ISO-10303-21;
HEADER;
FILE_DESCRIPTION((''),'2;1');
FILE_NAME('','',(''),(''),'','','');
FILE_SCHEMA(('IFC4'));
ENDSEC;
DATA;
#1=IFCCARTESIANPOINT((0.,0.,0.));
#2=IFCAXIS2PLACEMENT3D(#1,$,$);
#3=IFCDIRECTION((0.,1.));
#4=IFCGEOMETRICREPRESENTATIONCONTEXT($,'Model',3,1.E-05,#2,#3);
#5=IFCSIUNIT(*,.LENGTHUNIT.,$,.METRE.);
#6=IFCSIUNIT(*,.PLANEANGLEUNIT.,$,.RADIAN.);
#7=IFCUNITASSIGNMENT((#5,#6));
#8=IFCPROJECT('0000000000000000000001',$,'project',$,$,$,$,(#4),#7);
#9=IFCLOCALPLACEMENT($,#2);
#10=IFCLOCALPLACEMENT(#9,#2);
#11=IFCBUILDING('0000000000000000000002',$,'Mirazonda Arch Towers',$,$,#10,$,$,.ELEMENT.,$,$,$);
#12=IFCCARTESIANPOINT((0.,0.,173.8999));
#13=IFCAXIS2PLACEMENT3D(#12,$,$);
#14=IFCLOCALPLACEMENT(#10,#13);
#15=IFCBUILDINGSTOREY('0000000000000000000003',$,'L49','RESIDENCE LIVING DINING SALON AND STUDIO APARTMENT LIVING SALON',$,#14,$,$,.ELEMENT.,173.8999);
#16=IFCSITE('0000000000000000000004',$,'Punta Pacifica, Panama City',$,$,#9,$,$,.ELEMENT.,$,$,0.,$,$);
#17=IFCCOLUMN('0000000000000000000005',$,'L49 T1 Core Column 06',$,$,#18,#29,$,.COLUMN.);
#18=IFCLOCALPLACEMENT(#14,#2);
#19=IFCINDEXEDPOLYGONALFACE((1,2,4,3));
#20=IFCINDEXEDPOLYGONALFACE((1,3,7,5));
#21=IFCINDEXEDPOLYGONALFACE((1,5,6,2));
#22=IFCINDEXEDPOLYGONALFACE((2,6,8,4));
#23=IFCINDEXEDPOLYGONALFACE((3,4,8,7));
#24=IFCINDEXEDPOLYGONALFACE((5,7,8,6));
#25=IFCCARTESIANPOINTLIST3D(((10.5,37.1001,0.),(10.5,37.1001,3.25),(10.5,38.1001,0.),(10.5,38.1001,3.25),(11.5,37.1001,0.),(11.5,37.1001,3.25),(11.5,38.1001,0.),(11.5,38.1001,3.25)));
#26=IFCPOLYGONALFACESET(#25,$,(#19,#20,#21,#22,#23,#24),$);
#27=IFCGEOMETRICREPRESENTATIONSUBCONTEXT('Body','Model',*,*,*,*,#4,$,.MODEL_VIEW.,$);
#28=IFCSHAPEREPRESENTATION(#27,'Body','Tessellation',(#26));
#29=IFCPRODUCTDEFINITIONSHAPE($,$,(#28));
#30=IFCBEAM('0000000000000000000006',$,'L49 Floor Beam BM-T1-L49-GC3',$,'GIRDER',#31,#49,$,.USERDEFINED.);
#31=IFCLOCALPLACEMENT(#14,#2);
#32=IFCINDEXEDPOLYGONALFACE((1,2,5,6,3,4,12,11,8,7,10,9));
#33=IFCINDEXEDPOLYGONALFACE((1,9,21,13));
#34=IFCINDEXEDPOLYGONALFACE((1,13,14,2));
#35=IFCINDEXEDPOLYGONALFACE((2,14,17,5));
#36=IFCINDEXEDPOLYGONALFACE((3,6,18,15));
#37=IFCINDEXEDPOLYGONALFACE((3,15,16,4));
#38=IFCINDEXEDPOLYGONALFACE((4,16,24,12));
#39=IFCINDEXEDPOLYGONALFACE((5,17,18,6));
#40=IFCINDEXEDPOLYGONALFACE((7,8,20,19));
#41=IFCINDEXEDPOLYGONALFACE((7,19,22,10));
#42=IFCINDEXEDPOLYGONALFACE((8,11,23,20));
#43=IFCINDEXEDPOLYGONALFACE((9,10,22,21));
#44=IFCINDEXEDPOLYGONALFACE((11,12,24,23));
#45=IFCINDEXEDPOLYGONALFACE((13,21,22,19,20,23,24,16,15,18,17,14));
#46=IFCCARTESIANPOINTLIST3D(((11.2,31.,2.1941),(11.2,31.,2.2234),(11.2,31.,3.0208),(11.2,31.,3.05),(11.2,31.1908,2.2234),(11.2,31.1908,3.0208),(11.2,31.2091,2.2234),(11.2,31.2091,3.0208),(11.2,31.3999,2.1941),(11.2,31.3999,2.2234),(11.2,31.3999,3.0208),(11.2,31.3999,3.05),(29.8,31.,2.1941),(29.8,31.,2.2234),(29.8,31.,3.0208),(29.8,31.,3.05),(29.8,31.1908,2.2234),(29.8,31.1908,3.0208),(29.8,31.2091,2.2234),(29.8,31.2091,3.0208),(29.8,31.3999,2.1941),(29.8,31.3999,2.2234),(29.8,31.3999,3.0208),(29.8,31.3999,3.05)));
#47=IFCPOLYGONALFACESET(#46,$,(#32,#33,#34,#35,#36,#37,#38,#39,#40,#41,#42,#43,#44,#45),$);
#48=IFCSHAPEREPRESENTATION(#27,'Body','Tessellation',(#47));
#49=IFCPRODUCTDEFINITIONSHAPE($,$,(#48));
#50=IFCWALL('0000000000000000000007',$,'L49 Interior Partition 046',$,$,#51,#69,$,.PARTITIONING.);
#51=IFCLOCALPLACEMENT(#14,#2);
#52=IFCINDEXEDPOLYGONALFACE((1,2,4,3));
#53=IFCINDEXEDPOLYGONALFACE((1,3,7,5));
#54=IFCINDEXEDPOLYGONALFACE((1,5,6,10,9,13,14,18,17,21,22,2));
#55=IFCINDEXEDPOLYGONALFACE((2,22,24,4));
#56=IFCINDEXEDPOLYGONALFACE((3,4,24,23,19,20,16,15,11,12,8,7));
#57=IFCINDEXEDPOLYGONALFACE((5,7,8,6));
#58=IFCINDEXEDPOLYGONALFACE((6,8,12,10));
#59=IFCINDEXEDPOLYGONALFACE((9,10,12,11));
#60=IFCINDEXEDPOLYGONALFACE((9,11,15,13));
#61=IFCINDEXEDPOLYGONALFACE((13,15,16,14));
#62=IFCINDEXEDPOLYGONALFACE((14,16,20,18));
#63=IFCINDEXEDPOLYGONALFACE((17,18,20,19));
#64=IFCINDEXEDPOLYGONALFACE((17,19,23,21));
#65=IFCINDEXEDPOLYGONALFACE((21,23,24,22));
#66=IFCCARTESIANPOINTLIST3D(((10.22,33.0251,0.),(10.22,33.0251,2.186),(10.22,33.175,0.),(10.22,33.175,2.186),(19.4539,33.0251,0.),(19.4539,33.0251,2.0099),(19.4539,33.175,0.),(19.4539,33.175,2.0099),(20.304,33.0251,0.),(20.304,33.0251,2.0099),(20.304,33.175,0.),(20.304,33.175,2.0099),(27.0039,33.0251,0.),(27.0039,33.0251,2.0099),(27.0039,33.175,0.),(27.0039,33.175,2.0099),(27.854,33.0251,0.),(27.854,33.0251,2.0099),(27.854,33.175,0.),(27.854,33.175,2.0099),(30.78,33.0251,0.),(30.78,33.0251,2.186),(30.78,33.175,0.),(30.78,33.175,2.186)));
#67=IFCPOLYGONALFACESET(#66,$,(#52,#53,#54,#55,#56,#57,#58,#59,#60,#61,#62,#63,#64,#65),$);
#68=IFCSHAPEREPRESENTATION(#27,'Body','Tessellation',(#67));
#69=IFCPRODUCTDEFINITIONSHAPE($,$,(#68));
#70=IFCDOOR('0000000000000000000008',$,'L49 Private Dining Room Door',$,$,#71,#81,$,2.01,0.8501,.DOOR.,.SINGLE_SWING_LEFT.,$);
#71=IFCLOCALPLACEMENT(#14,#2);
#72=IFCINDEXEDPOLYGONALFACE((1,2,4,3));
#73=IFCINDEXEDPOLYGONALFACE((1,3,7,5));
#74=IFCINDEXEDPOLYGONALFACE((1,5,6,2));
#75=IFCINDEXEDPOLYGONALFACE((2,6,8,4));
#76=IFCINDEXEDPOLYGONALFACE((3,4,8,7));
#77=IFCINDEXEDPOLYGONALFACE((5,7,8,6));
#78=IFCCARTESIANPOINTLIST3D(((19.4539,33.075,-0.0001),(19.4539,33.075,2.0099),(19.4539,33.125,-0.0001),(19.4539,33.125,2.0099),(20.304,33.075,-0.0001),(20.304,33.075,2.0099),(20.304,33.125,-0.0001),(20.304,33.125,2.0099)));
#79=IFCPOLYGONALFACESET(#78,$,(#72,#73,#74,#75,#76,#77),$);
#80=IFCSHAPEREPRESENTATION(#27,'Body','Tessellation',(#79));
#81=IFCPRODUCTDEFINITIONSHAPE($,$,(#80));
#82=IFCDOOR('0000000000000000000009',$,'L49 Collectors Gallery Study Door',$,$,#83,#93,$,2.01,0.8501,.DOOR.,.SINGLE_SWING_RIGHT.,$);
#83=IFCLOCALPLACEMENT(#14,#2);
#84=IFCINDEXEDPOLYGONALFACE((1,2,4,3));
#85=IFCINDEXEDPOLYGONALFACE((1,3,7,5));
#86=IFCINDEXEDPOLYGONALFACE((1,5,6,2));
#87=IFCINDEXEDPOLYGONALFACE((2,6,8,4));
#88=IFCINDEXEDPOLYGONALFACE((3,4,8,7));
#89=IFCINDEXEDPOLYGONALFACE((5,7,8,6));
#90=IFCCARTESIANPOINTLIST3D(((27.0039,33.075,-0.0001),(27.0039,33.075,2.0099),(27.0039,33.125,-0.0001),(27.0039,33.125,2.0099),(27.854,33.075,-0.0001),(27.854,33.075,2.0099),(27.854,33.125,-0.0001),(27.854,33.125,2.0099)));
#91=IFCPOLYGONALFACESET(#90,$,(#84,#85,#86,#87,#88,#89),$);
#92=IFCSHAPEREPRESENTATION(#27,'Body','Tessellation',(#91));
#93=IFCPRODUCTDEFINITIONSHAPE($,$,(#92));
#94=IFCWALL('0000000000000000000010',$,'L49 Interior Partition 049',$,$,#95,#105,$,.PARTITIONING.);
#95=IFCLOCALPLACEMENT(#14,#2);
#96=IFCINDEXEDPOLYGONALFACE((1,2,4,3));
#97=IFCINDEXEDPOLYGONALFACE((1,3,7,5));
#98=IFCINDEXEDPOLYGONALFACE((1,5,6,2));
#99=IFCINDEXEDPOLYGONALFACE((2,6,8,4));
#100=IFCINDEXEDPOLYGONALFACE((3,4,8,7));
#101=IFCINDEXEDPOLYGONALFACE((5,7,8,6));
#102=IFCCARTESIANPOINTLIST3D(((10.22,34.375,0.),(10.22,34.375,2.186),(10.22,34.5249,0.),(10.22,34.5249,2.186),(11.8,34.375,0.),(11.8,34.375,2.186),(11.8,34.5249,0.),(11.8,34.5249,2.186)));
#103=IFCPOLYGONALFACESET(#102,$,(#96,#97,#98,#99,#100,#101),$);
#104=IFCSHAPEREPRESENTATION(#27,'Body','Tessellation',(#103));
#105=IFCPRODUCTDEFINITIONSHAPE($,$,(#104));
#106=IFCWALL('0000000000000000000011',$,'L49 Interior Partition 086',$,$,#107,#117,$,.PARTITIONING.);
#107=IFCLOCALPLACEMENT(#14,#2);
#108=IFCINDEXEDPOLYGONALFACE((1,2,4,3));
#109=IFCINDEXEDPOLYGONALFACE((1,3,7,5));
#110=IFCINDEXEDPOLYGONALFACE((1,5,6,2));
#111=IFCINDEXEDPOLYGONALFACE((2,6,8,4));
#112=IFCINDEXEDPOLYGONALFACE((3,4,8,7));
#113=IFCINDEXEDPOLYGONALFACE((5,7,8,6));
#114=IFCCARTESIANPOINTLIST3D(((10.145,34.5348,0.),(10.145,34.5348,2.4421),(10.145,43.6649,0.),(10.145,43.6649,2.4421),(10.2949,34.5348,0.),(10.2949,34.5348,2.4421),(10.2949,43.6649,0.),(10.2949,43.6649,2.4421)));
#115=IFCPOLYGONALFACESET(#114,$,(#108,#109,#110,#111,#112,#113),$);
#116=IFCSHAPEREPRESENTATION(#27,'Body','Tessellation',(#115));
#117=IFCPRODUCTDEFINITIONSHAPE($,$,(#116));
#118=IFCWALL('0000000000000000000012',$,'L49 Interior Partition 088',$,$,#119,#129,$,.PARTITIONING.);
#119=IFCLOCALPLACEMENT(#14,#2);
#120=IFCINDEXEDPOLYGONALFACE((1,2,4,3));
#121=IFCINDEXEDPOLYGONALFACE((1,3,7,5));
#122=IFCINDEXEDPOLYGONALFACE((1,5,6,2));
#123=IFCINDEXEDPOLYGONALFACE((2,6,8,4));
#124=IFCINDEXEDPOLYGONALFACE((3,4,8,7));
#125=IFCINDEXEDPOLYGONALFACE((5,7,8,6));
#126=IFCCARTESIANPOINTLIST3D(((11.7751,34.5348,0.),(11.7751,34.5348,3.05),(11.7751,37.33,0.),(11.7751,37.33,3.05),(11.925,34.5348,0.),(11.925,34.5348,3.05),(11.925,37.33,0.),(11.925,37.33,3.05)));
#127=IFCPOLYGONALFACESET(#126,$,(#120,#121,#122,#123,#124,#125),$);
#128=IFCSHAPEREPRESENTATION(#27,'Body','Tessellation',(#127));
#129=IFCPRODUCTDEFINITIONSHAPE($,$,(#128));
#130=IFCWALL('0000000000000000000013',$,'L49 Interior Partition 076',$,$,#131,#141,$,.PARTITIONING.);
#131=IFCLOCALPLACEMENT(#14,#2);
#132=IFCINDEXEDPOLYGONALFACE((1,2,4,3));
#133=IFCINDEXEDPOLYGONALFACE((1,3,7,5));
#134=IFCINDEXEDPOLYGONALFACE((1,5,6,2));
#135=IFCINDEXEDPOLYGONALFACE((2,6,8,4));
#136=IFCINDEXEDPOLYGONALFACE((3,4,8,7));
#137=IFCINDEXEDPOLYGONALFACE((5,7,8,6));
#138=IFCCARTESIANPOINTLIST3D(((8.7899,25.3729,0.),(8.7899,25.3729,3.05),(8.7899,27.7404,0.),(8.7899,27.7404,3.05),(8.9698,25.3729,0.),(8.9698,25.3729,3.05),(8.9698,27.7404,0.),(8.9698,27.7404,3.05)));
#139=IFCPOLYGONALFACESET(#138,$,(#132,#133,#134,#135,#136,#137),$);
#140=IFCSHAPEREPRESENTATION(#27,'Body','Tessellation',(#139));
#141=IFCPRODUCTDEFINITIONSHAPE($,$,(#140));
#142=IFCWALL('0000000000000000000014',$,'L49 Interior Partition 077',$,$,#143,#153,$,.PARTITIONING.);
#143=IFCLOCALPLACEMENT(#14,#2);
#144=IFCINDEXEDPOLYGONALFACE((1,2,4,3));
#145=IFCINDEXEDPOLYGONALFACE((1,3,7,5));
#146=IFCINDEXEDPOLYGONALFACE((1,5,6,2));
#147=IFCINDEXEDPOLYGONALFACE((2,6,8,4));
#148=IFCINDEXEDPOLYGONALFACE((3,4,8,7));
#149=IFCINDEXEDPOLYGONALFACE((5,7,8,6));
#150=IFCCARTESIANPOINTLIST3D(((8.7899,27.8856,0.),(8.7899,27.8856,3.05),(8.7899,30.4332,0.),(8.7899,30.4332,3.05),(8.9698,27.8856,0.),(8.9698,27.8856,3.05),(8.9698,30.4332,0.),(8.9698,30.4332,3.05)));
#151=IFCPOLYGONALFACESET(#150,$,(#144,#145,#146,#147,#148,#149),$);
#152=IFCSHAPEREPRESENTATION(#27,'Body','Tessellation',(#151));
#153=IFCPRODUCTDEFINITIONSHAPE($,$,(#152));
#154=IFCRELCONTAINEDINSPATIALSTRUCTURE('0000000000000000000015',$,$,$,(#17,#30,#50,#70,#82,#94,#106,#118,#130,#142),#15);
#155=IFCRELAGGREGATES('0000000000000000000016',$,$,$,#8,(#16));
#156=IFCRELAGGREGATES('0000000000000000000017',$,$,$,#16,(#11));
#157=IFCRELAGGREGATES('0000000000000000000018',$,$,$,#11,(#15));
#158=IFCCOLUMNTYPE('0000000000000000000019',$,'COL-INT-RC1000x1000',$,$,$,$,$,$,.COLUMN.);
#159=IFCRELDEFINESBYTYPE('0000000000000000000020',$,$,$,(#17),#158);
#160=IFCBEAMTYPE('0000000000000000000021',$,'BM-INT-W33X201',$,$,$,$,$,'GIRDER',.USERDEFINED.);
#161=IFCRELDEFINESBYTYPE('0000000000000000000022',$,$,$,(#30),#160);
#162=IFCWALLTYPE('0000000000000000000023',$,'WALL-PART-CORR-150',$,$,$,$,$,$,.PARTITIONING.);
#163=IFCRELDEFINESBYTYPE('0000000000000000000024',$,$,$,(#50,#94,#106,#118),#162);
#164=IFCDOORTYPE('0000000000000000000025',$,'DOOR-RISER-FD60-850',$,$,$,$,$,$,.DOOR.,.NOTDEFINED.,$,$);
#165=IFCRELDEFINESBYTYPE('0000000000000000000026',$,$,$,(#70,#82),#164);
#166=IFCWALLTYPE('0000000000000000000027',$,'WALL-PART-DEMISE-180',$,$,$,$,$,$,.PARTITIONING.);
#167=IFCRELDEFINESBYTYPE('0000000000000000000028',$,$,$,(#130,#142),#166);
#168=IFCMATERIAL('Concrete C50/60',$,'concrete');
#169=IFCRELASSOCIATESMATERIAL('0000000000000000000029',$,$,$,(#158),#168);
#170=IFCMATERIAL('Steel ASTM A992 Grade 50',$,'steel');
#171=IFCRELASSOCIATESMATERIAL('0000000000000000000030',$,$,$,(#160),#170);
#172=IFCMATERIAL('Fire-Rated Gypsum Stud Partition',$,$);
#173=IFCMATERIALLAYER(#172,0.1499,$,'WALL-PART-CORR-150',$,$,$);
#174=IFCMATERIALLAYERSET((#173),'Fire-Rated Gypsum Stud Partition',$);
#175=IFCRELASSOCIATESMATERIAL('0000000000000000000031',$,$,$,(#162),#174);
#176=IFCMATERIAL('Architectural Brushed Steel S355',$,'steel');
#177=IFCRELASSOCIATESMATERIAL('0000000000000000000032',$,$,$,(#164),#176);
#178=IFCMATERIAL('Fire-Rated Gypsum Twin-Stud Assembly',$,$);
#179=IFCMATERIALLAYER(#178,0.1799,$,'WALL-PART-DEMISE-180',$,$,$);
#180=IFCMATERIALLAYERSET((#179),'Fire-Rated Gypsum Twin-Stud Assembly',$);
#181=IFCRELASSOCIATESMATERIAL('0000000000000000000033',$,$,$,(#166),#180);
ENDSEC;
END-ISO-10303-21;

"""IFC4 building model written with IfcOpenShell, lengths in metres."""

from ifc_helpers import new_model, si_unit, direction, frame, frame_2d, origin, origin_2d, place, context, subcontext, project, spatial, rectangle, i_section, extrude, material, layer, layer_set, material_profile, profile_set, type_object, element, fill, save


model = new_model("IFC4")

# Units and contexts
model_context = context("Model", 3, precision=1e-05, world=origin(), true_north=direction((0.0, 1.0)))
body_context = subcontext(model_context, "Body", "Model", "MODEL_VIEW")
ifc_project = project(units=[si_unit("LENGTHUNIT", "METRE"), si_unit("PLANEANGLEUNIT", "RADIAN")], contexts=[model_context])

# Site, building, storey
site_placement = place(None, origin())
site = spatial("IfcSite", under=ifc_project, at=site_placement, Name="Punta Pacifica, Panama City", CompositionType="ELEMENT", RefElevation=0.0)
building_placement = place(site_placement, origin())
building = spatial("IfcBuilding", under=site, at=building_placement, Name="Mirazonda Arch Towers", CompositionType="ELEMENT")
storey_placement = place(building_placement, frame((0.0, 0.0, 173.8999)))
storey = spatial("IfcBuildingStorey", under=building, at=storey_placement, Name="L49", Description="RESIDENCE LIVING DINING SALON AND STUDIO APARTMENT LIVING SALON", CompositionType="ELEMENT", Elevation=173.8999)

# Column
ifc_material_1 = material(Name="Concrete C50/60", Category="concrete")
ifc_material_profile_1 = material_profile(ifc_material_1, rectangle(XDim=1.0, YDim=1.0, at=origin_2d()), Name="RC1000x1000")
ifc_profile_set_1 = profile_set([ifc_material_profile_1], Name="Concrete C50/60")
column_type = type_object("IfcColumnType", Name="COL-INT-RC1000x1000", PredefinedType="COLUMN", material=ifc_profile_set_1)
column_placement = place(storey_placement, frame((11.0, 37.6001, 0.0), z_axis=(0.0, 0.0, 1.0), x_axis=(1.0, 0.0, 0.0)))
element("IfcColumn", 1, at=column_placement, inside=storey, type_object=column_type, Name="L49 T1 Core Column 06", PredefinedType="COLUMN", context=body_context, shape_type="SweptSolid", body=[
    extrude(rectangle(XDim=1.0, YDim=1.0, at=origin_2d()), origin(), (0.0, 0.0, 1.0), 3.25),
])

# Beam
ifc_material_2 = material(Name="Steel ASTM A992 Grade 50", Category="steel")
ifc_material_profile_2 = material_profile(ifc_material_2, i_section(OverallWidth=0.3999, OverallDepth=0.856, WebThickness=0.0183, FlangeThickness=0.0293, at=origin_2d()), Name="W33X201")
ifc_profile_set_2 = profile_set([ifc_material_profile_2], Name="Steel ASTM A992 Grade 50")
beam_type = type_object("IfcBeamType", Name="BM-INT-W33X201", ElementType="GIRDER", PredefinedType="USERDEFINED", material=ifc_profile_set_2)
beam_placement = place(storey_placement, frame((11.2, 31.2, 2.6221), z_axis=(1.0, 0.0, 0.0), x_axis=(0.0, 1.0, 0.0)))
element("IfcBeam", 2, at=beam_placement, inside=storey, type_object=beam_type, Name="L49 Floor Beam BM-T1-L49-GC3", ObjectType="GIRDER", PredefinedType="USERDEFINED", context=body_context, shape_type="SweptSolid", body=[
    extrude(i_section(OverallWidth=0.3999, OverallDepth=0.856, WebThickness=0.0183, FlangeThickness=0.0293, at=origin_2d()), origin(), (0.0, 0.0, 1.0), 18.6001),
])

# Wall, openings, doors
ifc_material_3 = material(Name="Fire-Rated Gypsum Stud Partition")
ifc_layer_1 = layer(ifc_material_3, 0.1499, Name="WALL-PART-CORR-150")
ifc_layer_set_1 = layer_set([ifc_layer_1], Name="Fire-Rated Gypsum Stud Partition")
wall_type_1 = type_object("IfcWallType", Name="WALL-PART-CORR-150", PredefinedType="PARTITIONING", material=ifc_layer_set_1)
wall_1_placement = place(storey_placement, frame((10.22, 33.1001, 0.0), z_axis=(0.0, 0.0, 1.0), x_axis=(1.0, 0.0, 0.0)))
wall_1 = element("IfcWall", 3, at=wall_1_placement, inside=storey, type_object=wall_type_1, Name="L49 Interior Partition 046", PredefinedType="PARTITIONING", context=body_context, shape_type="SweptSolid", body=[
    extrude(rectangle(XDim=20.5601, YDim=0.1499, at=frame_2d((10.28, 0.0))), origin(), (0.0, 0.0, 1.0), 2.186),
])
opening_1_placement = place(wall_1_placement, frame((9.2339, 0.0, 0.0)))
opening_1 = element("IfcOpeningElement", 4, at=opening_1_placement, cuts=wall_1, PredefinedType="OPENING", context=body_context, shape_type="SweptSolid", body=[
    extrude(rectangle(XDim=0.8501, YDim=2.01, at=frame_2d((0.425, 1.0049))), frame((0.0, 0.085, 0.0), z_axis=(0.0, -1.0, 0.0), x_axis=(1.0, 0.0, 0.0)), (0.0, 0.0, 1.0), 0.1699),
])
opening_2_placement = place(wall_1_placement, frame((16.7839, 0.0, 0.0)))
opening_2 = element("IfcOpeningElement", 5, at=opening_2_placement, cuts=wall_1, PredefinedType="OPENING", context=body_context, shape_type="SweptSolid", body=[
    extrude(rectangle(XDim=0.8501, YDim=2.01, at=frame_2d((0.425, 1.0049))), frame((0.0, 0.085, 0.0), z_axis=(0.0, -1.0, 0.0), x_axis=(1.0, 0.0, 0.0)), (0.0, 0.0, 1.0), 0.1699),
])
ifc_material_4 = material(Name="Architectural Brushed Steel S355", Category="steel")
door_type_1 = type_object("IfcDoorType", Name="DOOR-RISER-FD60-850", OperationType="NOTDEFINED", PredefinedType="DOOR", material=ifc_material_4)
door_1_placement = place(opening_1_placement, origin())
door_1 = element("IfcDoor", 6, at=door_1_placement, inside=storey, type_object=door_type_1, Name="L49 Private Dining Room Door", OperationType="SINGLE_SWING_LEFT", OverallHeight=2.01, OverallWidth=0.8501, PredefinedType="DOOR", context=body_context, shape_type="SweptSolid", body=[
    extrude(rectangle(XDim=0.8501, YDim=2.01, at=frame_2d((0.425, 1.0049))), frame((0.0, 0.0249, 0.0), z_axis=(0.0, -1.0, 0.0), x_axis=(1.0, 0.0, 0.0)), (0.0, 0.0, 1.0), 0.05),
])
fill(opening_1, door_1)
door_2_placement = place(opening_2_placement, origin())
door_2 = element("IfcDoor", 7, at=door_2_placement, inside=storey, type_object=door_type_1, Name="L49 Collectors Gallery Study Door", OperationType="SINGLE_SWING_RIGHT", OverallHeight=2.01, OverallWidth=0.8501, PredefinedType="DOOR", context=body_context, shape_type="SweptSolid", body=[
    extrude(rectangle(XDim=0.8501, YDim=2.01, at=frame_2d((0.425, 1.0049))), frame((0.0, 0.0249, 0.0), z_axis=(0.0, -1.0, 0.0), x_axis=(1.0, 0.0, 0.0)), (0.0, 0.0, 1.0), 0.05),
])
fill(opening_2, door_2)

# Walls
wall_2_placement = place(storey_placement, frame((10.22, 34.45, 0.0), z_axis=(0.0, 0.0, 1.0), x_axis=(1.0, 0.0, 0.0)))
element("IfcWall", 8, at=wall_2_placement, inside=storey, type_object=wall_type_1, Name="L49 Interior Partition 049", PredefinedType="PARTITIONING", context=body_context, shape_type="SweptSolid", body=[
    extrude(rectangle(XDim=1.5801, YDim=0.1499, at=frame_2d((0.79, 0.0))), origin(), (0.0, 0.0, 1.0), 2.186),
])
wall_3_placement = place(storey_placement, frame((10.22, 34.5349, 0.0), z_axis=(0.0, 0.0, 1.0), x_axis=(0.0, 1.0, 0.0)))
element("IfcWall", 9, at=wall_3_placement, inside=storey, type_object=wall_type_1, Name="L49 Interior Partition 086", PredefinedType="PARTITIONING", context=body_context, shape_type="SweptSolid", body=[
    extrude(rectangle(XDim=9.1301, YDim=0.1499, at=frame_2d((4.5649, 0.0))), origin(), (0.0, 0.0, 1.0), 2.4421),
])
wall_4_placement = place(storey_placement, frame((11.8501, 34.5349, 0.0), z_axis=(0.0, 0.0, 1.0), x_axis=(0.0, 1.0, 0.0)))
element("IfcWall", 10, at=wall_4_placement, inside=storey, type_object=wall_type_1, Name="L49 Interior Partition 088", PredefinedType="PARTITIONING", context=body_context, shape_type="SweptSolid", body=[
    extrude(rectangle(XDim=2.7952, YDim=0.1499, at=frame_2d((1.3975, 0.0))), origin(), (0.0, 0.0, 1.0), 3.05),
])
ifc_material_5 = material(Name="Fire-Rated Gypsum Twin-Stud Assembly")
ifc_layer_2 = layer(ifc_material_5, 0.1799, Name="WALL-PART-DEMISE-180")
ifc_layer_set_2 = layer_set([ifc_layer_2], Name="Fire-Rated Gypsum Twin-Stud Assembly")
wall_type_2 = type_object("IfcWallType", Name="WALL-PART-DEMISE-180", PredefinedType="PARTITIONING", material=ifc_layer_set_2)
wall_5_placement = place(storey_placement, frame((8.8799, 25.373, 0.0), z_axis=(0.0, 0.0, 1.0), x_axis=(0.0, 1.0, 0.0)))
element("IfcWall", 11, at=wall_5_placement, inside=storey, type_object=wall_type_2, Name="L49 Interior Partition 076", PredefinedType="PARTITIONING", context=body_context, shape_type="SweptSolid", body=[
    extrude(rectangle(XDim=2.3674, YDim=0.1799, at=frame_2d((1.1836, 0.0))), origin(), (0.0, 0.0, 1.0), 3.05),
])
wall_6_placement = place(storey_placement, frame((8.8799, 27.8855, 0.0), z_axis=(0.0, 0.0, 1.0), x_axis=(0.0, 1.0, 0.0)))
element("IfcWall", 12, at=wall_6_placement, inside=storey, type_object=wall_type_2, Name="L49 Interior Partition 077", PredefinedType="PARTITIONING", context=body_context, shape_type="SweptSolid", body=[
    extrude(rectangle(XDim=2.5476, YDim=0.1799, at=frame_2d((1.2739, 0.0))), origin(), (0.0, 0.0, 1.0), 3.05),
])

save(model, "model.ifc")
